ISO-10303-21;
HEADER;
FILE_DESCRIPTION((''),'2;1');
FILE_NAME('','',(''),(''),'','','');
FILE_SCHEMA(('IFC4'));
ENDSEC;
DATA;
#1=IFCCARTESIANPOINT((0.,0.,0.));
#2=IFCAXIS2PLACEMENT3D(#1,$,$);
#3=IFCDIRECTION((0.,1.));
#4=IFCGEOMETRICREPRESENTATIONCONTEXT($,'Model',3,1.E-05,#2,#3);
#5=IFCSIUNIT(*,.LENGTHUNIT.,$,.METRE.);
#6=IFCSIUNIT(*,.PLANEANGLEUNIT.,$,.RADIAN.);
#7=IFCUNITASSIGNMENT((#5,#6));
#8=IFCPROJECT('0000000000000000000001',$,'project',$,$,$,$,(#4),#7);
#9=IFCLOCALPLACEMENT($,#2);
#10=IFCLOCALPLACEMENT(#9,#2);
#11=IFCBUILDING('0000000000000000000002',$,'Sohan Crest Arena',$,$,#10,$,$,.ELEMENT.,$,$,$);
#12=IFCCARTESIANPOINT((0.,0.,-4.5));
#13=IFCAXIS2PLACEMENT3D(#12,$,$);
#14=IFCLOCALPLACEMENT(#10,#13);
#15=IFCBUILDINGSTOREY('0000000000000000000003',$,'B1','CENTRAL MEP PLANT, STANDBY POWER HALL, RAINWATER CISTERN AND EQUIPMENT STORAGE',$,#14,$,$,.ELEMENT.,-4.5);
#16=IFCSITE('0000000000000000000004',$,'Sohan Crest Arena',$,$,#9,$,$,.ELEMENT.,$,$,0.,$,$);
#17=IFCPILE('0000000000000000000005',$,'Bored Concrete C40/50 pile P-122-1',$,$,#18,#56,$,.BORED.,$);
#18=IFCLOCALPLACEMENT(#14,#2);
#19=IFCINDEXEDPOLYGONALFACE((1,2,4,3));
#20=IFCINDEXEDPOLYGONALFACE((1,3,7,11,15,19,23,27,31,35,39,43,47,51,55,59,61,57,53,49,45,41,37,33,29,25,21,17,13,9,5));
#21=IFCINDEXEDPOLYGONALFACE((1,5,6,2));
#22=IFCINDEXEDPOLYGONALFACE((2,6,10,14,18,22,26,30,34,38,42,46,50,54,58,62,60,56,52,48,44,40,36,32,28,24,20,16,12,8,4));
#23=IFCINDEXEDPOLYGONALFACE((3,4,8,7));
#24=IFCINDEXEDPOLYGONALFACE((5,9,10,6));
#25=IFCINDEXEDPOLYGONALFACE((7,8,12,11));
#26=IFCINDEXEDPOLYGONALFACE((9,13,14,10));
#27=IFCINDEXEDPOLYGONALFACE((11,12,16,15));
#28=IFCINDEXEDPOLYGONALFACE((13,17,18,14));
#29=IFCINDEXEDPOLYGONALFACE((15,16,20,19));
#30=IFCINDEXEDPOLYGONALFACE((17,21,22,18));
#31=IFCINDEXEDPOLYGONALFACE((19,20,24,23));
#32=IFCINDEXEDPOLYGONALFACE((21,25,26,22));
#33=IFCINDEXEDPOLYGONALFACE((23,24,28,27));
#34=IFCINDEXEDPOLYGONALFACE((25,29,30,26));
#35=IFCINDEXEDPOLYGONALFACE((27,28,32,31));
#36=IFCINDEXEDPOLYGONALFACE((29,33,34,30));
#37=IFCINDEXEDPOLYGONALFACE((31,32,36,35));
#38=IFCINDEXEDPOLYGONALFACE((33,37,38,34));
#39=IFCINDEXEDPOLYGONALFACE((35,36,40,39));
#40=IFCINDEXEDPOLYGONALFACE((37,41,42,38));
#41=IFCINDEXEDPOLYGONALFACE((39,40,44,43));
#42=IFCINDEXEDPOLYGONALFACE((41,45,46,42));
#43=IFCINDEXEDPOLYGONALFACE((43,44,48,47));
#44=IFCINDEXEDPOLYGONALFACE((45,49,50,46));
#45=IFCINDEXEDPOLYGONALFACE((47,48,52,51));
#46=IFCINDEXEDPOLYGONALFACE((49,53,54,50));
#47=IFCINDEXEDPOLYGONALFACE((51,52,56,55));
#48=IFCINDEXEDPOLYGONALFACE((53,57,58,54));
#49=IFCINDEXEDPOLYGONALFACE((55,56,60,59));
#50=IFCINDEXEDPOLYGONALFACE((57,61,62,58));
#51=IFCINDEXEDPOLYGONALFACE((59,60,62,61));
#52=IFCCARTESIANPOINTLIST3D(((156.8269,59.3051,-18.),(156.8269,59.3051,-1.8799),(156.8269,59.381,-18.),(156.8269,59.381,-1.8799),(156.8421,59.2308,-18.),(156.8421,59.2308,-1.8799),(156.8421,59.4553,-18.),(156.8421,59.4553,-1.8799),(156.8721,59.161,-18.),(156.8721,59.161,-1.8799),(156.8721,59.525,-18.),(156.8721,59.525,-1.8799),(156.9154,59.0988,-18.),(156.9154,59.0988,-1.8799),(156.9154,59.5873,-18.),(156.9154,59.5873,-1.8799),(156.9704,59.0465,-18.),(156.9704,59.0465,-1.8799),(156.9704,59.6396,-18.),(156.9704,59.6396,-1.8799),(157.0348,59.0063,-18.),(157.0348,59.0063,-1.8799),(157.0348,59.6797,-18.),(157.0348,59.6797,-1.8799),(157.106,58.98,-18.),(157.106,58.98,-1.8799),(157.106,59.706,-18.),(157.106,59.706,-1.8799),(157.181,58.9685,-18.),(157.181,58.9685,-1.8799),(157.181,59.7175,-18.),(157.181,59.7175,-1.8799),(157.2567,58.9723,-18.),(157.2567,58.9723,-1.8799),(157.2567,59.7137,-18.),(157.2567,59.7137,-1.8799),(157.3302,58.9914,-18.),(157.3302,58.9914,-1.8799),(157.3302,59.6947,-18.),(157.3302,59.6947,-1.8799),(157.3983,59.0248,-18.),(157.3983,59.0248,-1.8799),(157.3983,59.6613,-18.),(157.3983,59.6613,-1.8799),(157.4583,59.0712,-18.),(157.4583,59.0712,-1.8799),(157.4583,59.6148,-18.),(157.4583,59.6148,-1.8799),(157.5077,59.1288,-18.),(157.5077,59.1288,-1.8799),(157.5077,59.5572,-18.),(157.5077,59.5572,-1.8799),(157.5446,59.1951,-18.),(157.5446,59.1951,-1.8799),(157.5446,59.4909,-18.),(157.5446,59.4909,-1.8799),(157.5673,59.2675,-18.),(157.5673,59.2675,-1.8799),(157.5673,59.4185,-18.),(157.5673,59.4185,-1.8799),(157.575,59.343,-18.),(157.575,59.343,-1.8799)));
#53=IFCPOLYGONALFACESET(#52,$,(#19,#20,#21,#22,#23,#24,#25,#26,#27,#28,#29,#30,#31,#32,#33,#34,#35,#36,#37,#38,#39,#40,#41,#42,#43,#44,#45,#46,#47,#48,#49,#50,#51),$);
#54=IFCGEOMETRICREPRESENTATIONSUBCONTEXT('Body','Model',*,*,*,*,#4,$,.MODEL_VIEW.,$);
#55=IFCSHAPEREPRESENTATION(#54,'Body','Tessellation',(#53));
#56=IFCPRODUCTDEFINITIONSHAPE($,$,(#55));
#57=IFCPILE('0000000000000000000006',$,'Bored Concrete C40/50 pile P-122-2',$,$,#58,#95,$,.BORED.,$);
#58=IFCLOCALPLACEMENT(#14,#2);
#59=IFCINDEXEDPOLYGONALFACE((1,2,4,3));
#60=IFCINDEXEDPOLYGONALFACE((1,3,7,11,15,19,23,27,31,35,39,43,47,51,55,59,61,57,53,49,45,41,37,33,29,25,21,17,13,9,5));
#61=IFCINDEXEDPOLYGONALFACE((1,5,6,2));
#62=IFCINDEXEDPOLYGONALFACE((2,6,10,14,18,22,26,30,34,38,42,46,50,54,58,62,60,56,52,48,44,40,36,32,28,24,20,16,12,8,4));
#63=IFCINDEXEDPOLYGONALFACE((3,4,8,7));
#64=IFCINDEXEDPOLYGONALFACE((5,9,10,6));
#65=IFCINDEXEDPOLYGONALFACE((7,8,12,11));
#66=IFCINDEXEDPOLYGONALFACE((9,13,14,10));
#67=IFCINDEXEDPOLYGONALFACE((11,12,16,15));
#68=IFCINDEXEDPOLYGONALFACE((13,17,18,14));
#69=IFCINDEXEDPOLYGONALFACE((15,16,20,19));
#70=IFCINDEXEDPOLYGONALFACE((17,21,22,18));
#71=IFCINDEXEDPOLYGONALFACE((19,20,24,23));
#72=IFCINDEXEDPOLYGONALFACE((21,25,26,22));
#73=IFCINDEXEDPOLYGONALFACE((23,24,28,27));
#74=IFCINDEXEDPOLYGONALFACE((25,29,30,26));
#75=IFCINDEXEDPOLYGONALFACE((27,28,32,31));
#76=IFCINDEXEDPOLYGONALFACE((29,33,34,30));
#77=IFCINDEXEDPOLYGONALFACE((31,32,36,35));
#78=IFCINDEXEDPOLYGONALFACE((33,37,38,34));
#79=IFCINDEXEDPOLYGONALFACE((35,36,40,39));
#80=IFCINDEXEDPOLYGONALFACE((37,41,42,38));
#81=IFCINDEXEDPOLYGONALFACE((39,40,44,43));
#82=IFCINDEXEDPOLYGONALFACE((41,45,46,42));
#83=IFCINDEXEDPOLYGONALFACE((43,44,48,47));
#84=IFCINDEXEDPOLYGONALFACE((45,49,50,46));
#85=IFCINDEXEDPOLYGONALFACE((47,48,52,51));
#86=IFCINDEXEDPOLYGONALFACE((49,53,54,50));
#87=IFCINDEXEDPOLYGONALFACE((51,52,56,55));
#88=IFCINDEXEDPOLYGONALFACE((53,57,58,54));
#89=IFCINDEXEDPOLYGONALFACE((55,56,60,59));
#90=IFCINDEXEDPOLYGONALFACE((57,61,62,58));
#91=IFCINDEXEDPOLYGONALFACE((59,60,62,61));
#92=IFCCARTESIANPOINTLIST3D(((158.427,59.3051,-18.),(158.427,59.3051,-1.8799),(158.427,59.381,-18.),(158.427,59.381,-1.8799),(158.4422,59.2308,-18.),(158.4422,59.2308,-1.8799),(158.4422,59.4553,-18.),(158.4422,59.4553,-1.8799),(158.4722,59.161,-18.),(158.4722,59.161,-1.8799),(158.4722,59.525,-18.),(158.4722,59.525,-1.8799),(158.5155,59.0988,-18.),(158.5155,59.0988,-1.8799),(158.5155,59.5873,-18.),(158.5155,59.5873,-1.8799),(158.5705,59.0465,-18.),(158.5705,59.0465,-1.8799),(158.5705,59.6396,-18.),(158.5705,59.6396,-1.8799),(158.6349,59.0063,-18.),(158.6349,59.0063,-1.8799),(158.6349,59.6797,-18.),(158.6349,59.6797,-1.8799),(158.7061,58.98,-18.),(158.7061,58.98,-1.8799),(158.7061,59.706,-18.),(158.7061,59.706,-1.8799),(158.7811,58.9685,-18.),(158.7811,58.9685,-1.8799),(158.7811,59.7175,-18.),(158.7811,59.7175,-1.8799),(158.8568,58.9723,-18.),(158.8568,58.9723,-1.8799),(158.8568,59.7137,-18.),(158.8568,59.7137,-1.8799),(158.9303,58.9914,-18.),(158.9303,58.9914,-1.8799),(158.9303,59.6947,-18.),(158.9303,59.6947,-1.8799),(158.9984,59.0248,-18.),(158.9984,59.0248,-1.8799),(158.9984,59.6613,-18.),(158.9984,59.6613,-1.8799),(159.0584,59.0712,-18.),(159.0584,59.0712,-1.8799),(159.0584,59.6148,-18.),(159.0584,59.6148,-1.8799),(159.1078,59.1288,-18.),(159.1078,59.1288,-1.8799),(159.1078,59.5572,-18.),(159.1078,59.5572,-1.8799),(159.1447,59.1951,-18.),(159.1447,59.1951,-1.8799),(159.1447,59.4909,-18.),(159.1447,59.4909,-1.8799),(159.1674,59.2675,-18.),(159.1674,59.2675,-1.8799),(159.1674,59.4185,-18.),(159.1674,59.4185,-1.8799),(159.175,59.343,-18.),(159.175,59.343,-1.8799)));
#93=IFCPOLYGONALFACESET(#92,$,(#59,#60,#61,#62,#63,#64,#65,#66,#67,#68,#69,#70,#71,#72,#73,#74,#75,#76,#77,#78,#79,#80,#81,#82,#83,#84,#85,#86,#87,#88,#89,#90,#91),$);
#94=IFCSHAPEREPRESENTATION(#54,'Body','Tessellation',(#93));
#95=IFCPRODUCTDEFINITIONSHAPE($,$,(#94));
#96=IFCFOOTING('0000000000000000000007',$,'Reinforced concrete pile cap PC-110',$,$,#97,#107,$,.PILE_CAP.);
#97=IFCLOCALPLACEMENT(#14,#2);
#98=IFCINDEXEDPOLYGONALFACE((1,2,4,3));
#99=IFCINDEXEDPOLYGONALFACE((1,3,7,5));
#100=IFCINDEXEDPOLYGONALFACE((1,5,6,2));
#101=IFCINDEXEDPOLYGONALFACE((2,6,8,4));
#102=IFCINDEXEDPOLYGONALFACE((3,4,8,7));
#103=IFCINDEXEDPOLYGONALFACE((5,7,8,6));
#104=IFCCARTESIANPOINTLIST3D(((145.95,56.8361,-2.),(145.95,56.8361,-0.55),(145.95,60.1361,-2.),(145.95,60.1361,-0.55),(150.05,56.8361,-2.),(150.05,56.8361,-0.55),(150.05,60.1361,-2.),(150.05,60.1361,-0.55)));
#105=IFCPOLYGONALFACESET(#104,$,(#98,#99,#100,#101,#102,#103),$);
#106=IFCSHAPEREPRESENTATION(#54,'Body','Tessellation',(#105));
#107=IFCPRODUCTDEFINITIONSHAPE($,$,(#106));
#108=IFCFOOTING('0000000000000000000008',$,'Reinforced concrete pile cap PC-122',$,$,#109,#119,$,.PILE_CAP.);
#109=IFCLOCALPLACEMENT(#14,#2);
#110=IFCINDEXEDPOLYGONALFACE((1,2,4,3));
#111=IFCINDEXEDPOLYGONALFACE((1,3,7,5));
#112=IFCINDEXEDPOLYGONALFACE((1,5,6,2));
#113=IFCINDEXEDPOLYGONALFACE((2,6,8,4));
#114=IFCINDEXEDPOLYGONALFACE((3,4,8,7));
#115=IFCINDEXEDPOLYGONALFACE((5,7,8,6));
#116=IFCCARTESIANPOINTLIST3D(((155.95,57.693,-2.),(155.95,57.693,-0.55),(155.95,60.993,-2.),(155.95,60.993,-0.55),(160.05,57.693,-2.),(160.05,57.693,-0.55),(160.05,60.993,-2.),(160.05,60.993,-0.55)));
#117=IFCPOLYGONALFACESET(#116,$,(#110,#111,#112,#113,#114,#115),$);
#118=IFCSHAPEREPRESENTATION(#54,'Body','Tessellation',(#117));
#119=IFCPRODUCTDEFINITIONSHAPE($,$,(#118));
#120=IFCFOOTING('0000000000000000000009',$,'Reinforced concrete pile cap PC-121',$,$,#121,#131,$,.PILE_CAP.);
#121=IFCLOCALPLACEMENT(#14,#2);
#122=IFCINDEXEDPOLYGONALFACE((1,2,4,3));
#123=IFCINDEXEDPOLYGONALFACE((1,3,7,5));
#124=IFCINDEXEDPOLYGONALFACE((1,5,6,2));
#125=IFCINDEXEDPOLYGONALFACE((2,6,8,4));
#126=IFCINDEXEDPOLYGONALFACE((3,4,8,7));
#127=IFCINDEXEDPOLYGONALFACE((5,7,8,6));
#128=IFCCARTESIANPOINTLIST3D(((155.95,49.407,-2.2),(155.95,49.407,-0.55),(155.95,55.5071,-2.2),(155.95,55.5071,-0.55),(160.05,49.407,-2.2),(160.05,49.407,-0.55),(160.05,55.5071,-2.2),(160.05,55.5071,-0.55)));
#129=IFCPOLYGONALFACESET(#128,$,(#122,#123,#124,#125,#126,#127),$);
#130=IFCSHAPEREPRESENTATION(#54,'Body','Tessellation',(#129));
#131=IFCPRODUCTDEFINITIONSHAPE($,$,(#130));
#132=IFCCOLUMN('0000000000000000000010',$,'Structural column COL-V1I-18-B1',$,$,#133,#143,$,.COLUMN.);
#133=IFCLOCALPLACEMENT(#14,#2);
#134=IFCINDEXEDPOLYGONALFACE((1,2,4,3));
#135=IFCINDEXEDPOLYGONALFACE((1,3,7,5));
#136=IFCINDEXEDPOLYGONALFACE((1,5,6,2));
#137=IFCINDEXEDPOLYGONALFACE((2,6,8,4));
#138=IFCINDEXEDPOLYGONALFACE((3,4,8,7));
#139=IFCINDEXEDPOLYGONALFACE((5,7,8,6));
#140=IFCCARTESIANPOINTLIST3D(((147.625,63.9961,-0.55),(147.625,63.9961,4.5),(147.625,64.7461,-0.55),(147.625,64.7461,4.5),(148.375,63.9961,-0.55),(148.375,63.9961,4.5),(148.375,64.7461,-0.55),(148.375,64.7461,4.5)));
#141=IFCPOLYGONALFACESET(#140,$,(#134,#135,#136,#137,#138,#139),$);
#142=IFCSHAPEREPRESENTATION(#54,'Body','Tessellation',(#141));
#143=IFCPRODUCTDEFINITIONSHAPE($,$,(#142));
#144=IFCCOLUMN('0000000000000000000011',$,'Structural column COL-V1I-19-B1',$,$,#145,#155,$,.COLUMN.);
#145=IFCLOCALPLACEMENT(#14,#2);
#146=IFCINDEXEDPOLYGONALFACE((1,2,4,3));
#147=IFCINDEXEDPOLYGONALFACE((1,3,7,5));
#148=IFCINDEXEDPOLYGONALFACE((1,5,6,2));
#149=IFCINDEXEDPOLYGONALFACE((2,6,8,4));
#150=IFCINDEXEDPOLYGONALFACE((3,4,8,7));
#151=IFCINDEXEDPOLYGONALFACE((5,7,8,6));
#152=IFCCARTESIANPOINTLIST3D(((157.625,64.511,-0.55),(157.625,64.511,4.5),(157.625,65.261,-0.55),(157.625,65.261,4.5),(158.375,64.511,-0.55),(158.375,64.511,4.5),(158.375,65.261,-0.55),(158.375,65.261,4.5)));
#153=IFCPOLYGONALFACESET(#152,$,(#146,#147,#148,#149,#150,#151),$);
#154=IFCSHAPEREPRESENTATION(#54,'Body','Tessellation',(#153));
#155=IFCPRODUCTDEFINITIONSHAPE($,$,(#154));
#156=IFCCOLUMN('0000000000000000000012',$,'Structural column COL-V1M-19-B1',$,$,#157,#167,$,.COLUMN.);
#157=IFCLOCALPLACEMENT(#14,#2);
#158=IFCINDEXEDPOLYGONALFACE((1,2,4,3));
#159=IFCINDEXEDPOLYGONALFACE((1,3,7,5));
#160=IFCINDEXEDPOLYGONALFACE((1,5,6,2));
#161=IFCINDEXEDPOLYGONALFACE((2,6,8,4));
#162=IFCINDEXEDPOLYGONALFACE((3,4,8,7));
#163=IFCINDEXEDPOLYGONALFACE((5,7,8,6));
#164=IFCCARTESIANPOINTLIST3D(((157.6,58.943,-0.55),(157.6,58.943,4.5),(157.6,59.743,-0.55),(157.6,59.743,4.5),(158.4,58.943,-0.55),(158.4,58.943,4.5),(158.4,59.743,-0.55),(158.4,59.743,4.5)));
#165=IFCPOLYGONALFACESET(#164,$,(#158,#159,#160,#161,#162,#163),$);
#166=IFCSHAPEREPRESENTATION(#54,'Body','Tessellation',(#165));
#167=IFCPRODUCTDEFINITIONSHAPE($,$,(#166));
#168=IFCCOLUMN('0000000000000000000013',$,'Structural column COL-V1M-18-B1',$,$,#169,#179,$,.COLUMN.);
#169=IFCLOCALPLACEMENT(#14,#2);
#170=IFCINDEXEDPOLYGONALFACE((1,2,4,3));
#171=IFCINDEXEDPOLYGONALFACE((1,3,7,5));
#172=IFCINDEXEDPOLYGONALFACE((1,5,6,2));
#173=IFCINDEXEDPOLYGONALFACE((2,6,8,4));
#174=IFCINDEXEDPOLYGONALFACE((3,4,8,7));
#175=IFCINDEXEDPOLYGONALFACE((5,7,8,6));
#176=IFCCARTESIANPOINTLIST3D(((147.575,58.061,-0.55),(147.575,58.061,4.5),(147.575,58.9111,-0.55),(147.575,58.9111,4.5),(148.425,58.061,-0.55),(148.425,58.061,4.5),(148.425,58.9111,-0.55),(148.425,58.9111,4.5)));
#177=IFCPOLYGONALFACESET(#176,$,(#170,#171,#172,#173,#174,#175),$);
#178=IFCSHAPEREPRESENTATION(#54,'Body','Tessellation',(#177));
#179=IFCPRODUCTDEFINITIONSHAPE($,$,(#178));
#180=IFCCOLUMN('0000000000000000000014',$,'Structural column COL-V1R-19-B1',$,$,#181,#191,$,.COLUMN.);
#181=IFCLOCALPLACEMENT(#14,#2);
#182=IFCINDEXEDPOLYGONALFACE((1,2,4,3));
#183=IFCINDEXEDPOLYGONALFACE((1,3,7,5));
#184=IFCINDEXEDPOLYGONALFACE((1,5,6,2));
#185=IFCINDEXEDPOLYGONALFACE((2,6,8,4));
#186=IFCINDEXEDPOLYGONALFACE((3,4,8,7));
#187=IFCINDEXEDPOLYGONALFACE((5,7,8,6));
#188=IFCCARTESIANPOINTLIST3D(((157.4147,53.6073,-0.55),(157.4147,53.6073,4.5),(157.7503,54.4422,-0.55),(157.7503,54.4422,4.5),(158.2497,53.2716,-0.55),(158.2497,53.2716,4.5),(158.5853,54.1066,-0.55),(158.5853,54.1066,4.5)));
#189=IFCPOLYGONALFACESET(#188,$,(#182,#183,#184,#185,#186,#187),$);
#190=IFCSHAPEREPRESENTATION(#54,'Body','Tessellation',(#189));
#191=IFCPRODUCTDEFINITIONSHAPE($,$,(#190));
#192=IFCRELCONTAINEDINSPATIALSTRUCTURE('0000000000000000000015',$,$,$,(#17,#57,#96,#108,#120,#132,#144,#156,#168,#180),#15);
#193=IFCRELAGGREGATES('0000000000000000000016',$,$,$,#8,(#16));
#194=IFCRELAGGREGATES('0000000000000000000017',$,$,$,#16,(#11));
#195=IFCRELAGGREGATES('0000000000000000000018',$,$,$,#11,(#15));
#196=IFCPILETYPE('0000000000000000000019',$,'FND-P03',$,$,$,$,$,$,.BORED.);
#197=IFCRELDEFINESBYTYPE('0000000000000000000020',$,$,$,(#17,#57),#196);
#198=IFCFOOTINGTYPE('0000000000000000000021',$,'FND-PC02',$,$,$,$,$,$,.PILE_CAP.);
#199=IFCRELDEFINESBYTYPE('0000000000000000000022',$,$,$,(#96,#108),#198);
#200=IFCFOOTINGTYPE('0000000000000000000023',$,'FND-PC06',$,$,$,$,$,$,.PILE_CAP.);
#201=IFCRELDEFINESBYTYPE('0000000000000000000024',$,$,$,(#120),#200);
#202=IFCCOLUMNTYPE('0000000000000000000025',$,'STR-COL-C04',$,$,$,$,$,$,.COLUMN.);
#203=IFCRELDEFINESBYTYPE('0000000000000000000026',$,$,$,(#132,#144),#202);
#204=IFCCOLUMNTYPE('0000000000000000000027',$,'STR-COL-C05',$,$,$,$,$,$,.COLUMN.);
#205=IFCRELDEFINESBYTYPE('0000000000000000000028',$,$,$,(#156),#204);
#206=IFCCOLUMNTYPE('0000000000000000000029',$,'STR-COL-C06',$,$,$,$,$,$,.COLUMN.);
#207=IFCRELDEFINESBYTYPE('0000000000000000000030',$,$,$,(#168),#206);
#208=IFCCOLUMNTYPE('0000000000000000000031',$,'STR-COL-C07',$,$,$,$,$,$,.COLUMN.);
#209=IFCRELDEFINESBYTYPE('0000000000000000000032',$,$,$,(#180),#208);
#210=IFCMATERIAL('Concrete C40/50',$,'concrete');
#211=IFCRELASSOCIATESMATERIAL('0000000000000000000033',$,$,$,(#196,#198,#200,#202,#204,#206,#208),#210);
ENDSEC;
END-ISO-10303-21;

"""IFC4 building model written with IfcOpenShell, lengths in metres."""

from ifc_helpers import new_model, si_unit, direction, frame, origin, origin_2d, place, context, subcontext, project, spatial, rectangle, circle, extrude, material, material_profile, profile_set, type_object, element, save


model = new_model("IFC4")

# Units and contexts
model_context = context("Model", 3, precision=1e-05, world=origin(), true_north=direction((0.0, 1.0)))
body_context = subcontext(model_context, "Body", "Model", "MODEL_VIEW")
ifc_project = project(units=[si_unit("LENGTHUNIT", "METRE"), si_unit("PLANEANGLEUNIT", "RADIAN")], contexts=[model_context])

# Site, building, storey
site_placement = place(None, origin())
site = spatial("IfcSite", under=ifc_project, at=site_placement, Name="Sohan Crest Arena", CompositionType="ELEMENT", RefElevation=0.0)
building_placement = place(site_placement, origin())
building = spatial("IfcBuilding", under=site, at=building_placement, Name="Sohan Crest Arena", CompositionType="ELEMENT")
storey_placement = place(building_placement, frame((0.0, 0.0, -4.5)))
storey = spatial("IfcBuildingStorey", under=building, at=storey_placement, Name="B1", Description="CENTRAL MEP PLANT, STANDBY POWER HALL, RAINWATER CISTERN AND EQUIPMENT STORAGE", CompositionType="ELEMENT", Elevation=-4.5)

# Shared definitions
ifc_material = material(Name="Concrete C40/50", Category="concrete")

# Piles
ifc_material_profile_1 = material_profile(ifc_material, circle(Radius=0.375, at=origin_2d()), Name="PILE D750")
ifc_profile_set_1 = profile_set([ifc_material_profile_1], Name="Concrete C40/50")
pile_type_1 = type_object("IfcPileType", Name="FND-P03", PredefinedType="BORED", material=ifc_profile_set_1)
for number, where, z_axis, x_axis, name in (
    (1, (157.2, 59.343, -18.0), (0.0, 0.0, 1.0), (1.0, 0.0, 0.0), "Bored Concrete C40/50 pile P-122-1"),
    (2, (158.8, 59.343, -18.0), (0.0, 0.0, 1.0), (1.0, 0.0, 0.0), "Bored Concrete C40/50 pile P-122-2"),
):
    element("IfcPile", number, at=place(storey_placement, frame(where, z_axis=z_axis, x_axis=x_axis)), inside=storey, type_object=pile_type_1, Name=name, PredefinedType="BORED", context=body_context, shape_type="SweptSolid", body=[
        extrude(circle(Radius=0.375, at=origin_2d()), origin(), (0.0, 0.0, 1.0), 16.1201),
    ])

# Footings
footing_type_1 = type_object("IfcFootingType", Name="FND-PC02", PredefinedType="PILE_CAP", material=ifc_material)
for number, where, z_axis, x_axis, name in (
    (3, (148.0, 58.4861, -2.0), (0.0, 0.0, 1.0), (1.0, 0.0, 0.0), "Reinforced concrete pile cap PC-110"),
    (4, (158.0, 59.343, -2.0), (0.0, 0.0, 1.0), (1.0, 0.0, 0.0), "Reinforced concrete pile cap PC-122"),
):
    element("IfcFooting", number, at=place(storey_placement, frame(where, z_axis=z_axis, x_axis=x_axis)), inside=storey, type_object=footing_type_1, Name=name, PredefinedType="PILE_CAP", context=body_context, shape_type="SweptSolid", body=[
        extrude(rectangle(XDim=4.1001, YDim=3.3, at=origin_2d()), origin(), (0.0, 0.0, 1.0), 1.45),
    ])
footing_type_2 = type_object("IfcFootingType", Name="FND-PC06", PredefinedType="PILE_CAP", material=ifc_material)
footing_1_placement = place(storey_placement, frame((158.0, 52.457, -2.2), z_axis=(0.0, 0.0, 1.0), x_axis=(0.0, 1.0, 0.0)))
element("IfcFooting", 5, at=footing_1_placement, inside=storey, type_object=footing_type_2, Name="Reinforced concrete pile cap PC-121", PredefinedType="PILE_CAP", context=body_context, shape_type="SweptSolid", body=[
    extrude(rectangle(XDim=6.1001, YDim=4.1001, at=origin_2d()), origin(), (0.0, 0.0, 1.0), 1.6499),
])

# Columns
ifc_material_profile_2 = material_profile(ifc_material, rectangle(XDim=0.75, YDim=0.75, at=origin_2d()), Name="RC 750x750")
ifc_profile_set_2 = profile_set([ifc_material_profile_2], Name="Concrete C40/50")
column_type_1 = type_object("IfcColumnType", Name="STR-COL-C04", PredefinedType="COLUMN", material=ifc_profile_set_2)
for number, where, z_axis, x_axis, name in (
    (6, (148.0, 64.3711, -0.55), (0.0, 0.0, 1.0), (1.0, 0.0, 0.0), "Structural column COL-V1I-18-B1"),
    (7, (158.0, 64.886, -0.55), (0.0, 0.0, 1.0), (1.0, 0.0, 0.0), "Structural column COL-V1I-19-B1"),
):
    element("IfcColumn", number, at=place(storey_placement, frame(where, z_axis=z_axis, x_axis=x_axis)), inside=storey, type_object=column_type_1, Name=name, PredefinedType="COLUMN", context=body_context, shape_type="SweptSolid", body=[
        extrude(rectangle(XDim=0.75, YDim=0.75, at=origin_2d()), origin(), (0.0, 0.0, 1.0), 5.05),
    ])
ifc_material_profile_3 = material_profile(ifc_material, rectangle(XDim=0.8, YDim=0.8, at=origin_2d()), Name="RC 800x800")
ifc_profile_set_3 = profile_set([ifc_material_profile_3], Name="Concrete C40/50")
column_type_2 = type_object("IfcColumnType", Name="STR-COL-C05", PredefinedType="COLUMN", material=ifc_profile_set_3)
column_1_placement = place(storey_placement, frame((158.0, 59.343, -0.55), z_axis=(0.0, 0.0, 1.0), x_axis=(1.0, 0.0, 0.0)))
element("IfcColumn", 8, at=column_1_placement, inside=storey, type_object=column_type_2, Name="Structural column COL-V1M-19-B1", PredefinedType="COLUMN", context=body_context, shape_type="SweptSolid", body=[
    extrude(rectangle(XDim=0.8, YDim=0.8, at=origin_2d()), origin(), (0.0, 0.0, 1.0), 5.05),
])
ifc_material_profile_4 = material_profile(ifc_material, rectangle(XDim=0.8501, YDim=0.8501, at=origin_2d()), Name="RC 850x850")
ifc_profile_set_4 = profile_set([ifc_material_profile_4], Name="Concrete C40/50")
column_type_3 = type_object("IfcColumnType", Name="STR-COL-C06", PredefinedType="COLUMN", material=ifc_profile_set_4)
column_2_placement = place(storey_placement, frame((148.0, 58.4861, -0.55), z_axis=(0.0, 0.0, 1.0), x_axis=(1.0, 0.0, 0.0)))
element("IfcColumn", 9, at=column_2_placement, inside=storey, type_object=column_type_3, Name="Structural column COL-V1M-18-B1", PredefinedType="COLUMN", context=body_context, shape_type="SweptSolid", body=[
    extrude(rectangle(XDim=0.8501, YDim=0.8501, at=origin_2d()), origin(), (0.0, 0.0, 1.0), 5.05),
])
ifc_material_profile_5 = material_profile(ifc_material, rectangle(XDim=0.8999, YDim=0.8999, at=origin_2d()), Name="RC 900x900")
ifc_profile_set_5 = profile_set([ifc_material_profile_5], Name="Concrete C40/50")
column_type_4 = type_object("IfcColumnType", Name="STR-COL-C07", PredefinedType="COLUMN", material=ifc_profile_set_5)
column_3_placement = place(storey_placement, frame((158.0, 53.8569, -0.55), z_axis=(0.0, 0.0, 1.0), x_axis=(-0.927836, 0.372988, 0.0)))
element("IfcColumn", 10, at=column_3_placement, inside=storey, type_object=column_type_4, Name="Structural column COL-V1R-19-B1", PredefinedType="COLUMN", context=body_context, shape_type="SweptSolid", body=[
    extrude(rectangle(XDim=0.8999, YDim=0.8999, at=origin_2d()), origin(), (0.0, 0.0, 1.0), 5.05),
])

save(model, "model.ifc")
